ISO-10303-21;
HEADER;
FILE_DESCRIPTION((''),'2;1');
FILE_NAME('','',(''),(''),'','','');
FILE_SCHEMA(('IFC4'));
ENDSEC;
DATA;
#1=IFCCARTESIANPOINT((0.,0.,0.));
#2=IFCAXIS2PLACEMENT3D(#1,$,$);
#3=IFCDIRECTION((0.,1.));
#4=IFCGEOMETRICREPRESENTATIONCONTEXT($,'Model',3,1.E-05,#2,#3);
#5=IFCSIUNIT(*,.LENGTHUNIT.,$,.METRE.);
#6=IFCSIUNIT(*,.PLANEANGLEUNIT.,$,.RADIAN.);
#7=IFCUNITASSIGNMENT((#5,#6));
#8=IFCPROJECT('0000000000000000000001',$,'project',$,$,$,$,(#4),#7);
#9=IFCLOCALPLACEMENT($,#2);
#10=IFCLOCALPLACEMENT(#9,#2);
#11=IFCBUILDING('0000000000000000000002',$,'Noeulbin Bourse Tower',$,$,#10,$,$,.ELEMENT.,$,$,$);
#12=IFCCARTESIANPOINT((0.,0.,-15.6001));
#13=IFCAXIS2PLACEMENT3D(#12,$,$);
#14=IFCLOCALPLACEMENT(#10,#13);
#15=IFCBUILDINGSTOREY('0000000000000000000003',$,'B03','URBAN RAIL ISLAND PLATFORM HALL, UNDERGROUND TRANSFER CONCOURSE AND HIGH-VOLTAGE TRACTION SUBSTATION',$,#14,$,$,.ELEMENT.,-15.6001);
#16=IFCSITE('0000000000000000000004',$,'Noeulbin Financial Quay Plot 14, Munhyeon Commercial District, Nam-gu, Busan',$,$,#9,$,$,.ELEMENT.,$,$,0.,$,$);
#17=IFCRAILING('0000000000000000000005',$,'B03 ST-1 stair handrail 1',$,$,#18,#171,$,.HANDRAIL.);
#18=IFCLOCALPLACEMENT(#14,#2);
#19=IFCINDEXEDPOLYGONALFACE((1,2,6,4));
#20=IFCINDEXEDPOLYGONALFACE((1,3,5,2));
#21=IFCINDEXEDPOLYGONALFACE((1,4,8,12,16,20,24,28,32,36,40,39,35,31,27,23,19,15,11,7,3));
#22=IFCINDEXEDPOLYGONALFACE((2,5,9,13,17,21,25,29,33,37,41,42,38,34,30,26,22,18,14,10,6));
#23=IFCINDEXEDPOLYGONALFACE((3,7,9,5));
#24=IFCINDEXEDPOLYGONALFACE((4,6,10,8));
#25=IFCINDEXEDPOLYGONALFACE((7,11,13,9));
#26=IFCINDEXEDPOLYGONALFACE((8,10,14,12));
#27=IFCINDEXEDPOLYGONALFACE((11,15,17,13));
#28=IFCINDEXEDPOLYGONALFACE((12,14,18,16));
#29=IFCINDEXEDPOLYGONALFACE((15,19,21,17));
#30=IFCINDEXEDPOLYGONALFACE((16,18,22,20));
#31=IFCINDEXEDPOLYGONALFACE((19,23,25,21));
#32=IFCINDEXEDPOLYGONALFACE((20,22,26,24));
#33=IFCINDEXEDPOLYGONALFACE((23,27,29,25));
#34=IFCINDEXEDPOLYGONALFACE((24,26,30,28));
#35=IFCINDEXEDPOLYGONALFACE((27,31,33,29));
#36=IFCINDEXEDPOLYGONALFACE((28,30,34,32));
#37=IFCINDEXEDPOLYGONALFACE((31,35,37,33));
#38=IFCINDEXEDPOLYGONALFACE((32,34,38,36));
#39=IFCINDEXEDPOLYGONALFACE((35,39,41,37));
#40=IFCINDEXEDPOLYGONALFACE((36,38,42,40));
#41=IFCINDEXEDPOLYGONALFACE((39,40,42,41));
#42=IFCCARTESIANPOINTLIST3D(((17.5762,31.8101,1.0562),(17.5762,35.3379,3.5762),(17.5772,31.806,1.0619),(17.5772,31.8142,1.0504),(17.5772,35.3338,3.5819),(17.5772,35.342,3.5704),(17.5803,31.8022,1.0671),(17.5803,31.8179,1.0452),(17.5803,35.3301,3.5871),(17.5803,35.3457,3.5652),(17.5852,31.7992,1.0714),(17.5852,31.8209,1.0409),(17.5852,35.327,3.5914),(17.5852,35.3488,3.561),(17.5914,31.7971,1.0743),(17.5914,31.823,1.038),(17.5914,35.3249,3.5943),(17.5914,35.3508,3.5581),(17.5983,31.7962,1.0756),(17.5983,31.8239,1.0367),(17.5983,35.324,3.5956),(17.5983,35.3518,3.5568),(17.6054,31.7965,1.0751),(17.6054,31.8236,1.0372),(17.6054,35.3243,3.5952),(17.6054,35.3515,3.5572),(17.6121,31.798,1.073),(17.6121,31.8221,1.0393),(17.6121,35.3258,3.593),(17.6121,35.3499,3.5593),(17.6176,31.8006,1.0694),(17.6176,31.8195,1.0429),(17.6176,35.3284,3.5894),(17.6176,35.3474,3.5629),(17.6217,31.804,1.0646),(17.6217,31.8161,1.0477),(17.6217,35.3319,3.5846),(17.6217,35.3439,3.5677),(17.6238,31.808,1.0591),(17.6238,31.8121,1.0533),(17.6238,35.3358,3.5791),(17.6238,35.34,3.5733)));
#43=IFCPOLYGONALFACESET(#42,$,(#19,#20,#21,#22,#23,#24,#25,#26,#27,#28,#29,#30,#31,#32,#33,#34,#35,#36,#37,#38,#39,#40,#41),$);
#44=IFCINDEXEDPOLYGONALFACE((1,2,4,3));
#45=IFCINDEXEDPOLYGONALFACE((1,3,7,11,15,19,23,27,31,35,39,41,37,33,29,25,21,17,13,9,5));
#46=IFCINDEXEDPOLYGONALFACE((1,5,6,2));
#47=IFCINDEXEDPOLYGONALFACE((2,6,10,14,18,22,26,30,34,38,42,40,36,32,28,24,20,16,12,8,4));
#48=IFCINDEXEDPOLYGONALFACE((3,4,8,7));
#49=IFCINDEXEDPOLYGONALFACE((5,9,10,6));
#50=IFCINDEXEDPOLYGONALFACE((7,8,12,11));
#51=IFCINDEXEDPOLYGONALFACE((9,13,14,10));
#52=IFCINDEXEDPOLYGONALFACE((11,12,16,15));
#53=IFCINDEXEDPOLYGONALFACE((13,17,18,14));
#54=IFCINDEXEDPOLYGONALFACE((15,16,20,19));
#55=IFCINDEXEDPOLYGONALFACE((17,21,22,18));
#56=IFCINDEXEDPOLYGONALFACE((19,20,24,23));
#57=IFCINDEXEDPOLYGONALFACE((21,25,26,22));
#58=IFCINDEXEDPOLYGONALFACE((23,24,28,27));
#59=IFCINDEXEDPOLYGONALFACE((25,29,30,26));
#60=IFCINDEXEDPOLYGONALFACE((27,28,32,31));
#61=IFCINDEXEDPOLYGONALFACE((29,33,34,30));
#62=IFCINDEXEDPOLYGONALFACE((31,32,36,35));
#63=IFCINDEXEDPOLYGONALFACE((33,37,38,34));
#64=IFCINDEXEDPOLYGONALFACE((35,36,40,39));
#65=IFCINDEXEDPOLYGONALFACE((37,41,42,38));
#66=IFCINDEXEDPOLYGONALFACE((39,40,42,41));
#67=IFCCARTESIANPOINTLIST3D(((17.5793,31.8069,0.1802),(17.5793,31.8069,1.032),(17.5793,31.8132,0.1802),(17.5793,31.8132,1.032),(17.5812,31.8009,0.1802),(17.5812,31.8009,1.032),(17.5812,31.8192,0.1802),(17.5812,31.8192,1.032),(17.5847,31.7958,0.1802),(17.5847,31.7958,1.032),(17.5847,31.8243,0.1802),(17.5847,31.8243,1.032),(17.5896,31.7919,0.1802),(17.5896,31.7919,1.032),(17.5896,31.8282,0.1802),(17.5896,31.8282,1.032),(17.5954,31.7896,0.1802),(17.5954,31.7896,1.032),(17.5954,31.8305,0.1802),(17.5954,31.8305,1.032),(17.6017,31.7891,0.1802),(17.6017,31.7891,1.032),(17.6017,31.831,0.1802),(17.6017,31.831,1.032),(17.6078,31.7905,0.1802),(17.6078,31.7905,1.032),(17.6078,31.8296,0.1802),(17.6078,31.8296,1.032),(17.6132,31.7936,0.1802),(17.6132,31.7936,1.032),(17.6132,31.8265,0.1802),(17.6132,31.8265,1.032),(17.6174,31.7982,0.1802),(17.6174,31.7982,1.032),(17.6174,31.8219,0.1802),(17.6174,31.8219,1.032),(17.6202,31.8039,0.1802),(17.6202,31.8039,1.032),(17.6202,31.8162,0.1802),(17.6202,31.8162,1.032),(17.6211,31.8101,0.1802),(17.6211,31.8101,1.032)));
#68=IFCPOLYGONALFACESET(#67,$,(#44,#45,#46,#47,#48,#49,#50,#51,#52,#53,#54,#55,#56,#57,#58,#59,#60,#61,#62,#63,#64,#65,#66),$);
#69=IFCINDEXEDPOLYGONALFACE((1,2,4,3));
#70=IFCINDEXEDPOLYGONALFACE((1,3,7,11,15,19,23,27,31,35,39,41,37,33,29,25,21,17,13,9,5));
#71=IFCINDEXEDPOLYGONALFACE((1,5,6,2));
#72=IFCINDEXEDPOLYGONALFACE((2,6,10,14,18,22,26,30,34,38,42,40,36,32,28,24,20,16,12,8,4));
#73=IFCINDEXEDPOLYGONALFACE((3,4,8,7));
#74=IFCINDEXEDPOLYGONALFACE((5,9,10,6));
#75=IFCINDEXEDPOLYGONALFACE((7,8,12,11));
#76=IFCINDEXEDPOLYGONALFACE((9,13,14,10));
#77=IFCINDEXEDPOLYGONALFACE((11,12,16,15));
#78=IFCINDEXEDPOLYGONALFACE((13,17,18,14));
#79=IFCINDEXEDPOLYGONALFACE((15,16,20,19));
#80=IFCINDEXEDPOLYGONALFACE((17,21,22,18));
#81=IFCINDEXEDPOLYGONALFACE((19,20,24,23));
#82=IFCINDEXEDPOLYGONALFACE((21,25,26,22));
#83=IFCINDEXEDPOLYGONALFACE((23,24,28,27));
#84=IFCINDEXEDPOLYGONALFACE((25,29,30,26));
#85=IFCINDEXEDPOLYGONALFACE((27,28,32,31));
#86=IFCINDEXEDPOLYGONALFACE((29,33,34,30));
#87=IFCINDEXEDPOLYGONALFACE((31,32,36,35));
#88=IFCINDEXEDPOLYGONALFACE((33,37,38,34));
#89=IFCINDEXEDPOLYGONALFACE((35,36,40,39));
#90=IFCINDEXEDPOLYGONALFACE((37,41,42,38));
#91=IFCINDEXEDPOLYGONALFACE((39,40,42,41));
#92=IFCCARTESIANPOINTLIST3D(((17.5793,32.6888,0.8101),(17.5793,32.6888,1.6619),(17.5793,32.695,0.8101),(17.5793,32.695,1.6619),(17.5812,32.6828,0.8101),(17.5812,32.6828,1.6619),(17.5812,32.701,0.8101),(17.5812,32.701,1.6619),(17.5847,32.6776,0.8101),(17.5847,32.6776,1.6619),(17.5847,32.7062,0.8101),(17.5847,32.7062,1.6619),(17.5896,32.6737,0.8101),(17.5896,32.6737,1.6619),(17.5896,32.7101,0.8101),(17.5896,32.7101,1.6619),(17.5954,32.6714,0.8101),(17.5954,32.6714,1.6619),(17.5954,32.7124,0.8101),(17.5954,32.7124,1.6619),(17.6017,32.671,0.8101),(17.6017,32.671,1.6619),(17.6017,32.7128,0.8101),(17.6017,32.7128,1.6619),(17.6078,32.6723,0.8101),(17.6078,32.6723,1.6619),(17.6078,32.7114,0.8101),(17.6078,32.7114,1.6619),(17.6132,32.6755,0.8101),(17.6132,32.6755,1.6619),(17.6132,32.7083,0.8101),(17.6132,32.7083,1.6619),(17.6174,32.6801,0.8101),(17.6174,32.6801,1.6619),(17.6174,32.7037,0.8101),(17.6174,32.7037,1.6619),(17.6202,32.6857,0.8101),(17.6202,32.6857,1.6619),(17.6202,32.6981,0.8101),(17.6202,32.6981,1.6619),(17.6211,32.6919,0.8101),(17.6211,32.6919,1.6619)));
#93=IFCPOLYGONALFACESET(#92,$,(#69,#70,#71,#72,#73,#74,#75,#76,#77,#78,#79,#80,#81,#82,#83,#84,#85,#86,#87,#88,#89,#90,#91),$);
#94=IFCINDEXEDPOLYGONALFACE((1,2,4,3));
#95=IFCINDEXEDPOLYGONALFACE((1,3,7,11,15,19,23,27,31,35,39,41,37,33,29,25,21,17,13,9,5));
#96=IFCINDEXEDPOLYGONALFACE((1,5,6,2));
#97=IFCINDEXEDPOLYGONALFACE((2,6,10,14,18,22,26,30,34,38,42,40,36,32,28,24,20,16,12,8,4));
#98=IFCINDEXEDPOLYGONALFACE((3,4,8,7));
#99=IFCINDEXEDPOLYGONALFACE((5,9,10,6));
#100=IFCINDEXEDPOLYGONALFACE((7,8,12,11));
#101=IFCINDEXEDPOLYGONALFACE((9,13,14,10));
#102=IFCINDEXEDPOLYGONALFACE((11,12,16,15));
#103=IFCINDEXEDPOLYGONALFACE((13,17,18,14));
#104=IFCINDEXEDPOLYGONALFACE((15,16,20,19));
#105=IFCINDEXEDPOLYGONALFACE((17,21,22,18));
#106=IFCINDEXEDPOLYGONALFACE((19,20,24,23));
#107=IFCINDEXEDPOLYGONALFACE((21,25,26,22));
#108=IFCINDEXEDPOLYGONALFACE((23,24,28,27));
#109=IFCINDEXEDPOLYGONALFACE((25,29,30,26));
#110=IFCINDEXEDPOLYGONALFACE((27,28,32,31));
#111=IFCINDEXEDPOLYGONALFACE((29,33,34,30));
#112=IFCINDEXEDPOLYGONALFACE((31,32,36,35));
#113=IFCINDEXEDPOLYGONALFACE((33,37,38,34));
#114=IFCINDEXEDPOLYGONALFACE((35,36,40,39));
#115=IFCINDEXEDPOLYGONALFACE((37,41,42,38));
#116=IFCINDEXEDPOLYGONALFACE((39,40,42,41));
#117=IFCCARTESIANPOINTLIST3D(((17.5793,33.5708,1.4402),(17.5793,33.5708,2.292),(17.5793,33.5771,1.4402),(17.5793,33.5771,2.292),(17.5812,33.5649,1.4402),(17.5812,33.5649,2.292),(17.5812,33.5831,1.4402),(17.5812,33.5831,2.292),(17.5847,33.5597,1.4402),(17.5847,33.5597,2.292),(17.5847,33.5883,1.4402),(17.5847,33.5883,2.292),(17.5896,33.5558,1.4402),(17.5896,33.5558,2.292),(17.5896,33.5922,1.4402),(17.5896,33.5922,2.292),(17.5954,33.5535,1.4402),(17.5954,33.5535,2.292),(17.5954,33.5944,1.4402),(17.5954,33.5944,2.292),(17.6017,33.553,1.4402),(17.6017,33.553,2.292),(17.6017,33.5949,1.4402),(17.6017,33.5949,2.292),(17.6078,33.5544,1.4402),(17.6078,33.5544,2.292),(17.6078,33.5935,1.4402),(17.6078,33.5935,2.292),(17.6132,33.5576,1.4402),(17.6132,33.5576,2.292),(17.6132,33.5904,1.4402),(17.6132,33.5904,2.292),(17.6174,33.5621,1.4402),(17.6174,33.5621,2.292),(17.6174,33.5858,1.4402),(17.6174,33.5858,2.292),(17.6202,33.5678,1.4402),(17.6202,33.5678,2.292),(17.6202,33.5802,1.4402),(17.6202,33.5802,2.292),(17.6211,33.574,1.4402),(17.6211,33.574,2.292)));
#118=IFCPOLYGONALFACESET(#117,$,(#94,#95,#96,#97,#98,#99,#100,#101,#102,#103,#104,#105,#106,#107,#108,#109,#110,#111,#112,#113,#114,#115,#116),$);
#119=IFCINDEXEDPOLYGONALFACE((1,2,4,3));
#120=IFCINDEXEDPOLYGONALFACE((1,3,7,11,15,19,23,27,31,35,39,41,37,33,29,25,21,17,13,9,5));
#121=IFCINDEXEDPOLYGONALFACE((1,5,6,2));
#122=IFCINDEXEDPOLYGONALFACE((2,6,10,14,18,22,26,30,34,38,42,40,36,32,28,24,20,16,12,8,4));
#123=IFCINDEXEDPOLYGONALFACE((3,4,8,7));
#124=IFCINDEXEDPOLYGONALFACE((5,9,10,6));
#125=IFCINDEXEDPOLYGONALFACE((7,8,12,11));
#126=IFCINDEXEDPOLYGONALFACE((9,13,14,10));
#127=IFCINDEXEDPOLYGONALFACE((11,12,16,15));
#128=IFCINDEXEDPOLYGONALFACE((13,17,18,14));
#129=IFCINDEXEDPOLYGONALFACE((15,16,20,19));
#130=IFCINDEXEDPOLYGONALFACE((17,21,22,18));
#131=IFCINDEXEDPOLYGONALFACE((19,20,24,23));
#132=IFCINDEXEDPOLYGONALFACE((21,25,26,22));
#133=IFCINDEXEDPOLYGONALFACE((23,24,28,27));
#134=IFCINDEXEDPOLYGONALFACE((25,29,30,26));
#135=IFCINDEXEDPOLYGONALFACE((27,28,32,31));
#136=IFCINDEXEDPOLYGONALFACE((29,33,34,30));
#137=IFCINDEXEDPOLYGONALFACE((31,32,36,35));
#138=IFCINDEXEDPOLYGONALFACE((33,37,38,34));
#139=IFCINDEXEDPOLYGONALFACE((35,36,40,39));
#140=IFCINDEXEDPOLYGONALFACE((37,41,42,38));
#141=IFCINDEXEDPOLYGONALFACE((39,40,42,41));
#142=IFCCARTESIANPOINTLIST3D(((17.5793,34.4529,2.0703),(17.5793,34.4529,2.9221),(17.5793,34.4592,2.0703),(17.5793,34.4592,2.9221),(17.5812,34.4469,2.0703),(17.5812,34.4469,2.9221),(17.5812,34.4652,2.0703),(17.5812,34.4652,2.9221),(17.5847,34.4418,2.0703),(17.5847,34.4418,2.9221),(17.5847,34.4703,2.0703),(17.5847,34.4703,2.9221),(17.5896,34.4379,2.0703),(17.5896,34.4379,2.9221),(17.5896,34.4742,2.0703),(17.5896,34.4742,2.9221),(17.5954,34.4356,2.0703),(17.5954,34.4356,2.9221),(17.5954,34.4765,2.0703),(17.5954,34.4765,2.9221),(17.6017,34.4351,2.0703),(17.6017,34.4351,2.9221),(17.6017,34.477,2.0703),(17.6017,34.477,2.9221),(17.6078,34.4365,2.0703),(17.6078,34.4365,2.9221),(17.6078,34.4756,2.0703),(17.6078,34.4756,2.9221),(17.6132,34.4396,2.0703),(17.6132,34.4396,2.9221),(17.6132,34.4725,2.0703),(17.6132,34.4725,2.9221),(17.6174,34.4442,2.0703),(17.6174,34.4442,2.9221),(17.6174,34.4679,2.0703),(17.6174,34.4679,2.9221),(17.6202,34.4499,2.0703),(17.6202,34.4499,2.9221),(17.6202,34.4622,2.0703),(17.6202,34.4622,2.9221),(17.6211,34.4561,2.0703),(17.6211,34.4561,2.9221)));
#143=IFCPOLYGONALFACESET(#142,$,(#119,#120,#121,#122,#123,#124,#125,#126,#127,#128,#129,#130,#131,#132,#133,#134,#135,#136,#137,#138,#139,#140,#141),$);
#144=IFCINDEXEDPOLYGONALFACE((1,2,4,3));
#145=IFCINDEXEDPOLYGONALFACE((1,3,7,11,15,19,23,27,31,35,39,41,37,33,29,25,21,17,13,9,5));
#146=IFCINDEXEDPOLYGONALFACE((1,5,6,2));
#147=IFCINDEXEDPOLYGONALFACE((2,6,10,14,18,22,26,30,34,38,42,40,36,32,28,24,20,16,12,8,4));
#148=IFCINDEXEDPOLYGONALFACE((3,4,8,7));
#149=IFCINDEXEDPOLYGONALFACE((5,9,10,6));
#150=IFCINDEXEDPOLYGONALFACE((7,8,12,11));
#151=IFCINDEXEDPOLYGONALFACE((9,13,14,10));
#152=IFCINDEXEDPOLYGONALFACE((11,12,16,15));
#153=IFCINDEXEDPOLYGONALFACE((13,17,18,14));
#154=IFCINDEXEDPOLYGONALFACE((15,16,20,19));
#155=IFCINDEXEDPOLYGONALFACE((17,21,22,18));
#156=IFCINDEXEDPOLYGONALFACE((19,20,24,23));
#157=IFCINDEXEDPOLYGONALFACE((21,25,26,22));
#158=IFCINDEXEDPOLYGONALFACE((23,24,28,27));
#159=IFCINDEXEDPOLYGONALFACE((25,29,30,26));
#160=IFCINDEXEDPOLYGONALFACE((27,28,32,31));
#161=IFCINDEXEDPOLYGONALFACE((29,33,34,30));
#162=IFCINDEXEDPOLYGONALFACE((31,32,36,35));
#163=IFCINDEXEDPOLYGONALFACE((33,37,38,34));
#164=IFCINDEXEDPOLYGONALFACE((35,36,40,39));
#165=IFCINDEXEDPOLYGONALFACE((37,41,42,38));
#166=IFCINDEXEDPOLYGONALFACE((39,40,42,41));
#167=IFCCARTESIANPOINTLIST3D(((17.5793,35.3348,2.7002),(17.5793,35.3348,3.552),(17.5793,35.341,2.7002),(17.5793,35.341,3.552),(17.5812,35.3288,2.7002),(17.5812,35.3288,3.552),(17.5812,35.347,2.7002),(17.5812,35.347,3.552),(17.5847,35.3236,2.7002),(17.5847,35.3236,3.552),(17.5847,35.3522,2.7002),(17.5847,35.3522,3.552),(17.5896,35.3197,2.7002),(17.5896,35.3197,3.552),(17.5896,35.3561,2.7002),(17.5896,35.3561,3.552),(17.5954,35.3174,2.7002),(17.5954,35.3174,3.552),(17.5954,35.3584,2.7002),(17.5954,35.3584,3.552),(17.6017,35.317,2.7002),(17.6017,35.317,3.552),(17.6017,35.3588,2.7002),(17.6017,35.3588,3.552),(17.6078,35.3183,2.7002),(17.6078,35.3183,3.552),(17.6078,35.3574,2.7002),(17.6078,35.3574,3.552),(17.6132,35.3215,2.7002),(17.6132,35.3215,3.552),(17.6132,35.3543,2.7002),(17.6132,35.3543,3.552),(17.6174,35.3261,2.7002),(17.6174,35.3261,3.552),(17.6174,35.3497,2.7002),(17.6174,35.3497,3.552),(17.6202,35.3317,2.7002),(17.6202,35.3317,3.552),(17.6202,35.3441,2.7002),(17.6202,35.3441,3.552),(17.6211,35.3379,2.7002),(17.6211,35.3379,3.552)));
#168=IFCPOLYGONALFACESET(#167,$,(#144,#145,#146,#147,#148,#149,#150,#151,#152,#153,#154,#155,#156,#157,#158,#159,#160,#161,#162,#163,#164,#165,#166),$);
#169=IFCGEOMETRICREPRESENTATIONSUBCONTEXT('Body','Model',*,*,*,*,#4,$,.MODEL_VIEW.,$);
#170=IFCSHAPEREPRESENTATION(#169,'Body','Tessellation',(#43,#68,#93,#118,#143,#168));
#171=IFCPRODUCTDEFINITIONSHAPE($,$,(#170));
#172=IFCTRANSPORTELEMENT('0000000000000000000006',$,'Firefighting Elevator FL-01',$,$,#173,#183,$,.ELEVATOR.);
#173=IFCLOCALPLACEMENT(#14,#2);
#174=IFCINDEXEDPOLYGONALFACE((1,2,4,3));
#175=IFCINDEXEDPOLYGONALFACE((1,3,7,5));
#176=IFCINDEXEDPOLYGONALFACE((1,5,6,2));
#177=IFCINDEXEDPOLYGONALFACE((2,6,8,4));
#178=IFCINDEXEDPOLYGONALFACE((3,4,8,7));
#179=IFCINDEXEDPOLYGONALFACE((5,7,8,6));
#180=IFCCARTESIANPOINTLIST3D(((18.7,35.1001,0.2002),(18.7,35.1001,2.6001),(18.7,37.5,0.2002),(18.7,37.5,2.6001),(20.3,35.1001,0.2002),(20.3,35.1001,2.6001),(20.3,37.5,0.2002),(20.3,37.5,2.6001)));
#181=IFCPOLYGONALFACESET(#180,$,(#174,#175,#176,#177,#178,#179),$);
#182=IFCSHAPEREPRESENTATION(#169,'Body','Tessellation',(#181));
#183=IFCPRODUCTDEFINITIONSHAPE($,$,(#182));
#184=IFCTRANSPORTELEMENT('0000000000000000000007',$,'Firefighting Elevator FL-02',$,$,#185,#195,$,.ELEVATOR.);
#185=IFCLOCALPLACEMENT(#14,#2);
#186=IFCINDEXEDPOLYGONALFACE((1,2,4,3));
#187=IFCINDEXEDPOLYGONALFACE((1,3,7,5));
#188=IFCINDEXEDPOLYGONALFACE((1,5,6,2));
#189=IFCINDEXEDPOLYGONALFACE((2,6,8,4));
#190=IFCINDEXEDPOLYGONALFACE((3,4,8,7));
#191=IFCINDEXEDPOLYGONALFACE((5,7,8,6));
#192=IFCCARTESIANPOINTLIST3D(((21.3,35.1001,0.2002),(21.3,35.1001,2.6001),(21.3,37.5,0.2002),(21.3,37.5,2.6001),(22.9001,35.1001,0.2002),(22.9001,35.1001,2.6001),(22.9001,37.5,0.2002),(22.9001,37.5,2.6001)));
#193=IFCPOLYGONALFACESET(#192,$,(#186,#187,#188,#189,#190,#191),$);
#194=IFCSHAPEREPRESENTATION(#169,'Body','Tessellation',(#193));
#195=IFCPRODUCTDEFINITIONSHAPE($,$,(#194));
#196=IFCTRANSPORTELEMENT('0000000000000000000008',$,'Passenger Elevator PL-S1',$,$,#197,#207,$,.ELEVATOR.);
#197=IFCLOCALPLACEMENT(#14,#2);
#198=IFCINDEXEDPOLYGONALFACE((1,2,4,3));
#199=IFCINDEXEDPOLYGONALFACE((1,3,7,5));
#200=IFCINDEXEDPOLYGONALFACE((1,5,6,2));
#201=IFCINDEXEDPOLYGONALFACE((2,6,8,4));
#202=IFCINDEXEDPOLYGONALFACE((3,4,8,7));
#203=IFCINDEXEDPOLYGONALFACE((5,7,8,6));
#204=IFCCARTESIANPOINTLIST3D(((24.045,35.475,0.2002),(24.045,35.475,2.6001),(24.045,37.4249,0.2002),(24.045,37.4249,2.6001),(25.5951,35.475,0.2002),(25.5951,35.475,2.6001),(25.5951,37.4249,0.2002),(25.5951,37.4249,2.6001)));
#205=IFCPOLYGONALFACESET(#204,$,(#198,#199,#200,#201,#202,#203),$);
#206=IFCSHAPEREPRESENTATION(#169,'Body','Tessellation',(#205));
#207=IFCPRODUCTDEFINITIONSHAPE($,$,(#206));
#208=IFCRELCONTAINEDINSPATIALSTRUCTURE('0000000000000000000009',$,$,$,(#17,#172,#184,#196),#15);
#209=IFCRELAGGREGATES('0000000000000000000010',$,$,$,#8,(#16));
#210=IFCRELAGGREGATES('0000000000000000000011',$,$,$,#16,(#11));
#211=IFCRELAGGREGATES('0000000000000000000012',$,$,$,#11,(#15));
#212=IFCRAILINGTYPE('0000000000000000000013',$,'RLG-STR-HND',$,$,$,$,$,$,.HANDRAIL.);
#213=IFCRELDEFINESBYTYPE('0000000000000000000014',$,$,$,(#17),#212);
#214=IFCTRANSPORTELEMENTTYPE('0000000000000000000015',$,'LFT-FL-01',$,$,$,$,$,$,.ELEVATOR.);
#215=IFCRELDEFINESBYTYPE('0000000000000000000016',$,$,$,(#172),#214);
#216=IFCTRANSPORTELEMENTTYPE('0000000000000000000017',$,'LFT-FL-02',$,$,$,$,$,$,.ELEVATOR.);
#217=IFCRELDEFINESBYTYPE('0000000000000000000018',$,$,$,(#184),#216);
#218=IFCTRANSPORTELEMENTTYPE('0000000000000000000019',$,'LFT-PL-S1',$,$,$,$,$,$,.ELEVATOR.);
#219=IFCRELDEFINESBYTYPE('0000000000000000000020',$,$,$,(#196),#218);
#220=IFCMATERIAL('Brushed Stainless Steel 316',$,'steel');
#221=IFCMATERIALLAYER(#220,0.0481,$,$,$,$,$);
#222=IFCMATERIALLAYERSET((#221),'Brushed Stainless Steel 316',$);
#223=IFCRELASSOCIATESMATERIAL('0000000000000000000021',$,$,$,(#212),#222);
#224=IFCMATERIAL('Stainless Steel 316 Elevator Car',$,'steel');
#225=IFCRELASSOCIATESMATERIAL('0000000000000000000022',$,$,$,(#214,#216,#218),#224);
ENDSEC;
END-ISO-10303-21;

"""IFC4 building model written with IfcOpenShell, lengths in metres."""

from ifc_helpers import new_model, si_unit, direction, frame, origin, origin_2d, place, context, subcontext, project, spatial, rectangle, circle, extrude, material, layer, layer_set, type_object, element, save


model = new_model("IFC4")

# Units and contexts
model_context = context("Model", 3, precision=1e-05, world=origin(), true_north=direction((0.0, 1.0)))
body_context = subcontext(model_context, "Body", "Model", "MODEL_VIEW")
ifc_project = project(units=[si_unit("LENGTHUNIT", "METRE"), si_unit("PLANEANGLEUNIT", "RADIAN")], contexts=[model_context])

# Site, building, storey
site_placement = place(None, origin())
site = spatial("IfcSite", under=ifc_project, at=site_placement, Name="Noeulbin Financial Quay Plot 14, Munhyeon Commercial District, Nam-gu, Busan", CompositionType="ELEMENT", RefElevation=0.0)
building_placement = place(site_placement, origin())
building = spatial("IfcBuilding", under=site, at=building_placement, Name="Noeulbin Bourse Tower", CompositionType="ELEMENT")
storey_placement = place(building_placement, frame((0.0, 0.0, -15.6001)))
storey = spatial("IfcBuildingStorey", under=building, at=storey_placement, Name="B03", Description="URBAN RAIL ISLAND PLATFORM HALL, UNDERGROUND TRANSFER CONCOURSE AND HIGH-VOLTAGE TRACTION SUBSTATION", CompositionType="ELEMENT", Elevation=-15.6001)

# Shared definitions
ifc_material_1 = material(Name="Brushed Stainless Steel 316", Category="steel")

# Railing
ifc_layer_1 = layer(ifc_material_1, 0.0481)
ifc_layer_set_1 = layer_set([ifc_layer_1], Name="Brushed Stainless Steel 316")
railing_type_1 = type_object("IfcRailingType", Name="RLG-STR-HND", PredefinedType="HANDRAIL", material=ifc_layer_set_1)
railing_1_placement = place(storey_placement, frame((17.6001, 31.8101, 0.1802)))
element("IfcRailing", 1, at=railing_1_placement, inside=storey, type_object=railing_type_1, Name="B03 ST-1 stair handrail 1", PredefinedType="HANDRAIL", context=body_context, shape_type="SweptSolid", body=[
    extrude(circle(Radius=0.0239, at=origin_2d()), frame((0.0, 0.0, 0.876), z_axis=(0.0, 0.813718, 0.58126), x_axis=(-1.0, 0.0, 0.0)), (0.0, 0.0, 1.0), 4.3354),
    extrude(circle(Radius=0.021, at=origin_2d()), origin(), (0.0, 0.0, 1.0), 0.8518),
    extrude(circle(Radius=0.021, at=origin_2d()), frame((0.0, 0.8818, 0.6299)), (0.0, 0.0, 1.0), 0.8518),
    extrude(circle(Radius=0.021, at=origin_2d()), frame((0.0, 1.7639, 1.26)), (0.0, 0.0, 1.0), 0.8518),
    extrude(circle(Radius=0.021, at=origin_2d()), frame((0.0, 2.646, 1.8901)), (0.0, 0.0, 1.0), 0.8518),
    extrude(circle(Radius=0.021, at=origin_2d()), frame((0.0, 3.5278, 2.52)), (0.0, 0.0, 1.0), 0.8518),
])

# Transport elements
ifc_material_2 = material(Name="Stainless Steel 316 Elevator Car", Category="steel")
transport_element_type_1 = type_object("IfcTransportElementType", Name="LFT-FL-01", PredefinedType="ELEVATOR", material=ifc_material_2)
transport_element_1_placement = place(storey_placement, frame((19.5, 36.3, 0.2002), z_axis=(0.0, 0.0, 1.0), x_axis=(1.0, 0.0, 0.0)))
element("IfcTransportElement", 2, at=transport_element_1_placement, inside=storey, type_object=transport_element_type_1, Name="Firefighting Elevator FL-01", PredefinedType="ELEVATOR", context=body_context, shape_type="SweptSolid", body=[
    extrude(rectangle(XDim=1.6001, YDim=2.3999, at=origin_2d()), origin(), (0.0, 0.0, 1.0), 2.3999),
])
transport_element_type_2 = type_object("IfcTransportElementType", Name="LFT-FL-02", PredefinedType="ELEVATOR", material=ifc_material_2)
transport_element_2_placement = place(storey_placement, frame((22.1001, 36.3, 0.2002), z_axis=(0.0, 0.0, 1.0), x_axis=(1.0, 0.0, 0.0)))
element("IfcTransportElement", 3, at=transport_element_2_placement, inside=storey, type_object=transport_element_type_2, Name="Firefighting Elevator FL-02", PredefinedType="ELEVATOR", context=body_context, shape_type="SweptSolid", body=[
    extrude(rectangle(XDim=1.6001, YDim=2.3999, at=origin_2d()), origin(), (0.0, 0.0, 1.0), 2.3999),
])
transport_element_type_3 = type_object("IfcTransportElementType", Name="LFT-PL-S1", PredefinedType="ELEVATOR", material=ifc_material_2)
transport_element_3_placement = place(storey_placement, frame((24.8201, 36.45, 0.2002), z_axis=(0.0, 0.0, 1.0), x_axis=(1.0, 0.0, 0.0)))
element("IfcTransportElement", 4, at=transport_element_3_placement, inside=storey, type_object=transport_element_type_3, Name="Passenger Elevator PL-S1", PredefinedType="ELEVATOR", context=body_context, shape_type="SweptSolid", body=[
    extrude(rectangle(XDim=1.55, YDim=1.95, at=origin_2d()), origin(), (0.0, 0.0, 1.0), 2.3999),
])

save(model, "model.ifc")
